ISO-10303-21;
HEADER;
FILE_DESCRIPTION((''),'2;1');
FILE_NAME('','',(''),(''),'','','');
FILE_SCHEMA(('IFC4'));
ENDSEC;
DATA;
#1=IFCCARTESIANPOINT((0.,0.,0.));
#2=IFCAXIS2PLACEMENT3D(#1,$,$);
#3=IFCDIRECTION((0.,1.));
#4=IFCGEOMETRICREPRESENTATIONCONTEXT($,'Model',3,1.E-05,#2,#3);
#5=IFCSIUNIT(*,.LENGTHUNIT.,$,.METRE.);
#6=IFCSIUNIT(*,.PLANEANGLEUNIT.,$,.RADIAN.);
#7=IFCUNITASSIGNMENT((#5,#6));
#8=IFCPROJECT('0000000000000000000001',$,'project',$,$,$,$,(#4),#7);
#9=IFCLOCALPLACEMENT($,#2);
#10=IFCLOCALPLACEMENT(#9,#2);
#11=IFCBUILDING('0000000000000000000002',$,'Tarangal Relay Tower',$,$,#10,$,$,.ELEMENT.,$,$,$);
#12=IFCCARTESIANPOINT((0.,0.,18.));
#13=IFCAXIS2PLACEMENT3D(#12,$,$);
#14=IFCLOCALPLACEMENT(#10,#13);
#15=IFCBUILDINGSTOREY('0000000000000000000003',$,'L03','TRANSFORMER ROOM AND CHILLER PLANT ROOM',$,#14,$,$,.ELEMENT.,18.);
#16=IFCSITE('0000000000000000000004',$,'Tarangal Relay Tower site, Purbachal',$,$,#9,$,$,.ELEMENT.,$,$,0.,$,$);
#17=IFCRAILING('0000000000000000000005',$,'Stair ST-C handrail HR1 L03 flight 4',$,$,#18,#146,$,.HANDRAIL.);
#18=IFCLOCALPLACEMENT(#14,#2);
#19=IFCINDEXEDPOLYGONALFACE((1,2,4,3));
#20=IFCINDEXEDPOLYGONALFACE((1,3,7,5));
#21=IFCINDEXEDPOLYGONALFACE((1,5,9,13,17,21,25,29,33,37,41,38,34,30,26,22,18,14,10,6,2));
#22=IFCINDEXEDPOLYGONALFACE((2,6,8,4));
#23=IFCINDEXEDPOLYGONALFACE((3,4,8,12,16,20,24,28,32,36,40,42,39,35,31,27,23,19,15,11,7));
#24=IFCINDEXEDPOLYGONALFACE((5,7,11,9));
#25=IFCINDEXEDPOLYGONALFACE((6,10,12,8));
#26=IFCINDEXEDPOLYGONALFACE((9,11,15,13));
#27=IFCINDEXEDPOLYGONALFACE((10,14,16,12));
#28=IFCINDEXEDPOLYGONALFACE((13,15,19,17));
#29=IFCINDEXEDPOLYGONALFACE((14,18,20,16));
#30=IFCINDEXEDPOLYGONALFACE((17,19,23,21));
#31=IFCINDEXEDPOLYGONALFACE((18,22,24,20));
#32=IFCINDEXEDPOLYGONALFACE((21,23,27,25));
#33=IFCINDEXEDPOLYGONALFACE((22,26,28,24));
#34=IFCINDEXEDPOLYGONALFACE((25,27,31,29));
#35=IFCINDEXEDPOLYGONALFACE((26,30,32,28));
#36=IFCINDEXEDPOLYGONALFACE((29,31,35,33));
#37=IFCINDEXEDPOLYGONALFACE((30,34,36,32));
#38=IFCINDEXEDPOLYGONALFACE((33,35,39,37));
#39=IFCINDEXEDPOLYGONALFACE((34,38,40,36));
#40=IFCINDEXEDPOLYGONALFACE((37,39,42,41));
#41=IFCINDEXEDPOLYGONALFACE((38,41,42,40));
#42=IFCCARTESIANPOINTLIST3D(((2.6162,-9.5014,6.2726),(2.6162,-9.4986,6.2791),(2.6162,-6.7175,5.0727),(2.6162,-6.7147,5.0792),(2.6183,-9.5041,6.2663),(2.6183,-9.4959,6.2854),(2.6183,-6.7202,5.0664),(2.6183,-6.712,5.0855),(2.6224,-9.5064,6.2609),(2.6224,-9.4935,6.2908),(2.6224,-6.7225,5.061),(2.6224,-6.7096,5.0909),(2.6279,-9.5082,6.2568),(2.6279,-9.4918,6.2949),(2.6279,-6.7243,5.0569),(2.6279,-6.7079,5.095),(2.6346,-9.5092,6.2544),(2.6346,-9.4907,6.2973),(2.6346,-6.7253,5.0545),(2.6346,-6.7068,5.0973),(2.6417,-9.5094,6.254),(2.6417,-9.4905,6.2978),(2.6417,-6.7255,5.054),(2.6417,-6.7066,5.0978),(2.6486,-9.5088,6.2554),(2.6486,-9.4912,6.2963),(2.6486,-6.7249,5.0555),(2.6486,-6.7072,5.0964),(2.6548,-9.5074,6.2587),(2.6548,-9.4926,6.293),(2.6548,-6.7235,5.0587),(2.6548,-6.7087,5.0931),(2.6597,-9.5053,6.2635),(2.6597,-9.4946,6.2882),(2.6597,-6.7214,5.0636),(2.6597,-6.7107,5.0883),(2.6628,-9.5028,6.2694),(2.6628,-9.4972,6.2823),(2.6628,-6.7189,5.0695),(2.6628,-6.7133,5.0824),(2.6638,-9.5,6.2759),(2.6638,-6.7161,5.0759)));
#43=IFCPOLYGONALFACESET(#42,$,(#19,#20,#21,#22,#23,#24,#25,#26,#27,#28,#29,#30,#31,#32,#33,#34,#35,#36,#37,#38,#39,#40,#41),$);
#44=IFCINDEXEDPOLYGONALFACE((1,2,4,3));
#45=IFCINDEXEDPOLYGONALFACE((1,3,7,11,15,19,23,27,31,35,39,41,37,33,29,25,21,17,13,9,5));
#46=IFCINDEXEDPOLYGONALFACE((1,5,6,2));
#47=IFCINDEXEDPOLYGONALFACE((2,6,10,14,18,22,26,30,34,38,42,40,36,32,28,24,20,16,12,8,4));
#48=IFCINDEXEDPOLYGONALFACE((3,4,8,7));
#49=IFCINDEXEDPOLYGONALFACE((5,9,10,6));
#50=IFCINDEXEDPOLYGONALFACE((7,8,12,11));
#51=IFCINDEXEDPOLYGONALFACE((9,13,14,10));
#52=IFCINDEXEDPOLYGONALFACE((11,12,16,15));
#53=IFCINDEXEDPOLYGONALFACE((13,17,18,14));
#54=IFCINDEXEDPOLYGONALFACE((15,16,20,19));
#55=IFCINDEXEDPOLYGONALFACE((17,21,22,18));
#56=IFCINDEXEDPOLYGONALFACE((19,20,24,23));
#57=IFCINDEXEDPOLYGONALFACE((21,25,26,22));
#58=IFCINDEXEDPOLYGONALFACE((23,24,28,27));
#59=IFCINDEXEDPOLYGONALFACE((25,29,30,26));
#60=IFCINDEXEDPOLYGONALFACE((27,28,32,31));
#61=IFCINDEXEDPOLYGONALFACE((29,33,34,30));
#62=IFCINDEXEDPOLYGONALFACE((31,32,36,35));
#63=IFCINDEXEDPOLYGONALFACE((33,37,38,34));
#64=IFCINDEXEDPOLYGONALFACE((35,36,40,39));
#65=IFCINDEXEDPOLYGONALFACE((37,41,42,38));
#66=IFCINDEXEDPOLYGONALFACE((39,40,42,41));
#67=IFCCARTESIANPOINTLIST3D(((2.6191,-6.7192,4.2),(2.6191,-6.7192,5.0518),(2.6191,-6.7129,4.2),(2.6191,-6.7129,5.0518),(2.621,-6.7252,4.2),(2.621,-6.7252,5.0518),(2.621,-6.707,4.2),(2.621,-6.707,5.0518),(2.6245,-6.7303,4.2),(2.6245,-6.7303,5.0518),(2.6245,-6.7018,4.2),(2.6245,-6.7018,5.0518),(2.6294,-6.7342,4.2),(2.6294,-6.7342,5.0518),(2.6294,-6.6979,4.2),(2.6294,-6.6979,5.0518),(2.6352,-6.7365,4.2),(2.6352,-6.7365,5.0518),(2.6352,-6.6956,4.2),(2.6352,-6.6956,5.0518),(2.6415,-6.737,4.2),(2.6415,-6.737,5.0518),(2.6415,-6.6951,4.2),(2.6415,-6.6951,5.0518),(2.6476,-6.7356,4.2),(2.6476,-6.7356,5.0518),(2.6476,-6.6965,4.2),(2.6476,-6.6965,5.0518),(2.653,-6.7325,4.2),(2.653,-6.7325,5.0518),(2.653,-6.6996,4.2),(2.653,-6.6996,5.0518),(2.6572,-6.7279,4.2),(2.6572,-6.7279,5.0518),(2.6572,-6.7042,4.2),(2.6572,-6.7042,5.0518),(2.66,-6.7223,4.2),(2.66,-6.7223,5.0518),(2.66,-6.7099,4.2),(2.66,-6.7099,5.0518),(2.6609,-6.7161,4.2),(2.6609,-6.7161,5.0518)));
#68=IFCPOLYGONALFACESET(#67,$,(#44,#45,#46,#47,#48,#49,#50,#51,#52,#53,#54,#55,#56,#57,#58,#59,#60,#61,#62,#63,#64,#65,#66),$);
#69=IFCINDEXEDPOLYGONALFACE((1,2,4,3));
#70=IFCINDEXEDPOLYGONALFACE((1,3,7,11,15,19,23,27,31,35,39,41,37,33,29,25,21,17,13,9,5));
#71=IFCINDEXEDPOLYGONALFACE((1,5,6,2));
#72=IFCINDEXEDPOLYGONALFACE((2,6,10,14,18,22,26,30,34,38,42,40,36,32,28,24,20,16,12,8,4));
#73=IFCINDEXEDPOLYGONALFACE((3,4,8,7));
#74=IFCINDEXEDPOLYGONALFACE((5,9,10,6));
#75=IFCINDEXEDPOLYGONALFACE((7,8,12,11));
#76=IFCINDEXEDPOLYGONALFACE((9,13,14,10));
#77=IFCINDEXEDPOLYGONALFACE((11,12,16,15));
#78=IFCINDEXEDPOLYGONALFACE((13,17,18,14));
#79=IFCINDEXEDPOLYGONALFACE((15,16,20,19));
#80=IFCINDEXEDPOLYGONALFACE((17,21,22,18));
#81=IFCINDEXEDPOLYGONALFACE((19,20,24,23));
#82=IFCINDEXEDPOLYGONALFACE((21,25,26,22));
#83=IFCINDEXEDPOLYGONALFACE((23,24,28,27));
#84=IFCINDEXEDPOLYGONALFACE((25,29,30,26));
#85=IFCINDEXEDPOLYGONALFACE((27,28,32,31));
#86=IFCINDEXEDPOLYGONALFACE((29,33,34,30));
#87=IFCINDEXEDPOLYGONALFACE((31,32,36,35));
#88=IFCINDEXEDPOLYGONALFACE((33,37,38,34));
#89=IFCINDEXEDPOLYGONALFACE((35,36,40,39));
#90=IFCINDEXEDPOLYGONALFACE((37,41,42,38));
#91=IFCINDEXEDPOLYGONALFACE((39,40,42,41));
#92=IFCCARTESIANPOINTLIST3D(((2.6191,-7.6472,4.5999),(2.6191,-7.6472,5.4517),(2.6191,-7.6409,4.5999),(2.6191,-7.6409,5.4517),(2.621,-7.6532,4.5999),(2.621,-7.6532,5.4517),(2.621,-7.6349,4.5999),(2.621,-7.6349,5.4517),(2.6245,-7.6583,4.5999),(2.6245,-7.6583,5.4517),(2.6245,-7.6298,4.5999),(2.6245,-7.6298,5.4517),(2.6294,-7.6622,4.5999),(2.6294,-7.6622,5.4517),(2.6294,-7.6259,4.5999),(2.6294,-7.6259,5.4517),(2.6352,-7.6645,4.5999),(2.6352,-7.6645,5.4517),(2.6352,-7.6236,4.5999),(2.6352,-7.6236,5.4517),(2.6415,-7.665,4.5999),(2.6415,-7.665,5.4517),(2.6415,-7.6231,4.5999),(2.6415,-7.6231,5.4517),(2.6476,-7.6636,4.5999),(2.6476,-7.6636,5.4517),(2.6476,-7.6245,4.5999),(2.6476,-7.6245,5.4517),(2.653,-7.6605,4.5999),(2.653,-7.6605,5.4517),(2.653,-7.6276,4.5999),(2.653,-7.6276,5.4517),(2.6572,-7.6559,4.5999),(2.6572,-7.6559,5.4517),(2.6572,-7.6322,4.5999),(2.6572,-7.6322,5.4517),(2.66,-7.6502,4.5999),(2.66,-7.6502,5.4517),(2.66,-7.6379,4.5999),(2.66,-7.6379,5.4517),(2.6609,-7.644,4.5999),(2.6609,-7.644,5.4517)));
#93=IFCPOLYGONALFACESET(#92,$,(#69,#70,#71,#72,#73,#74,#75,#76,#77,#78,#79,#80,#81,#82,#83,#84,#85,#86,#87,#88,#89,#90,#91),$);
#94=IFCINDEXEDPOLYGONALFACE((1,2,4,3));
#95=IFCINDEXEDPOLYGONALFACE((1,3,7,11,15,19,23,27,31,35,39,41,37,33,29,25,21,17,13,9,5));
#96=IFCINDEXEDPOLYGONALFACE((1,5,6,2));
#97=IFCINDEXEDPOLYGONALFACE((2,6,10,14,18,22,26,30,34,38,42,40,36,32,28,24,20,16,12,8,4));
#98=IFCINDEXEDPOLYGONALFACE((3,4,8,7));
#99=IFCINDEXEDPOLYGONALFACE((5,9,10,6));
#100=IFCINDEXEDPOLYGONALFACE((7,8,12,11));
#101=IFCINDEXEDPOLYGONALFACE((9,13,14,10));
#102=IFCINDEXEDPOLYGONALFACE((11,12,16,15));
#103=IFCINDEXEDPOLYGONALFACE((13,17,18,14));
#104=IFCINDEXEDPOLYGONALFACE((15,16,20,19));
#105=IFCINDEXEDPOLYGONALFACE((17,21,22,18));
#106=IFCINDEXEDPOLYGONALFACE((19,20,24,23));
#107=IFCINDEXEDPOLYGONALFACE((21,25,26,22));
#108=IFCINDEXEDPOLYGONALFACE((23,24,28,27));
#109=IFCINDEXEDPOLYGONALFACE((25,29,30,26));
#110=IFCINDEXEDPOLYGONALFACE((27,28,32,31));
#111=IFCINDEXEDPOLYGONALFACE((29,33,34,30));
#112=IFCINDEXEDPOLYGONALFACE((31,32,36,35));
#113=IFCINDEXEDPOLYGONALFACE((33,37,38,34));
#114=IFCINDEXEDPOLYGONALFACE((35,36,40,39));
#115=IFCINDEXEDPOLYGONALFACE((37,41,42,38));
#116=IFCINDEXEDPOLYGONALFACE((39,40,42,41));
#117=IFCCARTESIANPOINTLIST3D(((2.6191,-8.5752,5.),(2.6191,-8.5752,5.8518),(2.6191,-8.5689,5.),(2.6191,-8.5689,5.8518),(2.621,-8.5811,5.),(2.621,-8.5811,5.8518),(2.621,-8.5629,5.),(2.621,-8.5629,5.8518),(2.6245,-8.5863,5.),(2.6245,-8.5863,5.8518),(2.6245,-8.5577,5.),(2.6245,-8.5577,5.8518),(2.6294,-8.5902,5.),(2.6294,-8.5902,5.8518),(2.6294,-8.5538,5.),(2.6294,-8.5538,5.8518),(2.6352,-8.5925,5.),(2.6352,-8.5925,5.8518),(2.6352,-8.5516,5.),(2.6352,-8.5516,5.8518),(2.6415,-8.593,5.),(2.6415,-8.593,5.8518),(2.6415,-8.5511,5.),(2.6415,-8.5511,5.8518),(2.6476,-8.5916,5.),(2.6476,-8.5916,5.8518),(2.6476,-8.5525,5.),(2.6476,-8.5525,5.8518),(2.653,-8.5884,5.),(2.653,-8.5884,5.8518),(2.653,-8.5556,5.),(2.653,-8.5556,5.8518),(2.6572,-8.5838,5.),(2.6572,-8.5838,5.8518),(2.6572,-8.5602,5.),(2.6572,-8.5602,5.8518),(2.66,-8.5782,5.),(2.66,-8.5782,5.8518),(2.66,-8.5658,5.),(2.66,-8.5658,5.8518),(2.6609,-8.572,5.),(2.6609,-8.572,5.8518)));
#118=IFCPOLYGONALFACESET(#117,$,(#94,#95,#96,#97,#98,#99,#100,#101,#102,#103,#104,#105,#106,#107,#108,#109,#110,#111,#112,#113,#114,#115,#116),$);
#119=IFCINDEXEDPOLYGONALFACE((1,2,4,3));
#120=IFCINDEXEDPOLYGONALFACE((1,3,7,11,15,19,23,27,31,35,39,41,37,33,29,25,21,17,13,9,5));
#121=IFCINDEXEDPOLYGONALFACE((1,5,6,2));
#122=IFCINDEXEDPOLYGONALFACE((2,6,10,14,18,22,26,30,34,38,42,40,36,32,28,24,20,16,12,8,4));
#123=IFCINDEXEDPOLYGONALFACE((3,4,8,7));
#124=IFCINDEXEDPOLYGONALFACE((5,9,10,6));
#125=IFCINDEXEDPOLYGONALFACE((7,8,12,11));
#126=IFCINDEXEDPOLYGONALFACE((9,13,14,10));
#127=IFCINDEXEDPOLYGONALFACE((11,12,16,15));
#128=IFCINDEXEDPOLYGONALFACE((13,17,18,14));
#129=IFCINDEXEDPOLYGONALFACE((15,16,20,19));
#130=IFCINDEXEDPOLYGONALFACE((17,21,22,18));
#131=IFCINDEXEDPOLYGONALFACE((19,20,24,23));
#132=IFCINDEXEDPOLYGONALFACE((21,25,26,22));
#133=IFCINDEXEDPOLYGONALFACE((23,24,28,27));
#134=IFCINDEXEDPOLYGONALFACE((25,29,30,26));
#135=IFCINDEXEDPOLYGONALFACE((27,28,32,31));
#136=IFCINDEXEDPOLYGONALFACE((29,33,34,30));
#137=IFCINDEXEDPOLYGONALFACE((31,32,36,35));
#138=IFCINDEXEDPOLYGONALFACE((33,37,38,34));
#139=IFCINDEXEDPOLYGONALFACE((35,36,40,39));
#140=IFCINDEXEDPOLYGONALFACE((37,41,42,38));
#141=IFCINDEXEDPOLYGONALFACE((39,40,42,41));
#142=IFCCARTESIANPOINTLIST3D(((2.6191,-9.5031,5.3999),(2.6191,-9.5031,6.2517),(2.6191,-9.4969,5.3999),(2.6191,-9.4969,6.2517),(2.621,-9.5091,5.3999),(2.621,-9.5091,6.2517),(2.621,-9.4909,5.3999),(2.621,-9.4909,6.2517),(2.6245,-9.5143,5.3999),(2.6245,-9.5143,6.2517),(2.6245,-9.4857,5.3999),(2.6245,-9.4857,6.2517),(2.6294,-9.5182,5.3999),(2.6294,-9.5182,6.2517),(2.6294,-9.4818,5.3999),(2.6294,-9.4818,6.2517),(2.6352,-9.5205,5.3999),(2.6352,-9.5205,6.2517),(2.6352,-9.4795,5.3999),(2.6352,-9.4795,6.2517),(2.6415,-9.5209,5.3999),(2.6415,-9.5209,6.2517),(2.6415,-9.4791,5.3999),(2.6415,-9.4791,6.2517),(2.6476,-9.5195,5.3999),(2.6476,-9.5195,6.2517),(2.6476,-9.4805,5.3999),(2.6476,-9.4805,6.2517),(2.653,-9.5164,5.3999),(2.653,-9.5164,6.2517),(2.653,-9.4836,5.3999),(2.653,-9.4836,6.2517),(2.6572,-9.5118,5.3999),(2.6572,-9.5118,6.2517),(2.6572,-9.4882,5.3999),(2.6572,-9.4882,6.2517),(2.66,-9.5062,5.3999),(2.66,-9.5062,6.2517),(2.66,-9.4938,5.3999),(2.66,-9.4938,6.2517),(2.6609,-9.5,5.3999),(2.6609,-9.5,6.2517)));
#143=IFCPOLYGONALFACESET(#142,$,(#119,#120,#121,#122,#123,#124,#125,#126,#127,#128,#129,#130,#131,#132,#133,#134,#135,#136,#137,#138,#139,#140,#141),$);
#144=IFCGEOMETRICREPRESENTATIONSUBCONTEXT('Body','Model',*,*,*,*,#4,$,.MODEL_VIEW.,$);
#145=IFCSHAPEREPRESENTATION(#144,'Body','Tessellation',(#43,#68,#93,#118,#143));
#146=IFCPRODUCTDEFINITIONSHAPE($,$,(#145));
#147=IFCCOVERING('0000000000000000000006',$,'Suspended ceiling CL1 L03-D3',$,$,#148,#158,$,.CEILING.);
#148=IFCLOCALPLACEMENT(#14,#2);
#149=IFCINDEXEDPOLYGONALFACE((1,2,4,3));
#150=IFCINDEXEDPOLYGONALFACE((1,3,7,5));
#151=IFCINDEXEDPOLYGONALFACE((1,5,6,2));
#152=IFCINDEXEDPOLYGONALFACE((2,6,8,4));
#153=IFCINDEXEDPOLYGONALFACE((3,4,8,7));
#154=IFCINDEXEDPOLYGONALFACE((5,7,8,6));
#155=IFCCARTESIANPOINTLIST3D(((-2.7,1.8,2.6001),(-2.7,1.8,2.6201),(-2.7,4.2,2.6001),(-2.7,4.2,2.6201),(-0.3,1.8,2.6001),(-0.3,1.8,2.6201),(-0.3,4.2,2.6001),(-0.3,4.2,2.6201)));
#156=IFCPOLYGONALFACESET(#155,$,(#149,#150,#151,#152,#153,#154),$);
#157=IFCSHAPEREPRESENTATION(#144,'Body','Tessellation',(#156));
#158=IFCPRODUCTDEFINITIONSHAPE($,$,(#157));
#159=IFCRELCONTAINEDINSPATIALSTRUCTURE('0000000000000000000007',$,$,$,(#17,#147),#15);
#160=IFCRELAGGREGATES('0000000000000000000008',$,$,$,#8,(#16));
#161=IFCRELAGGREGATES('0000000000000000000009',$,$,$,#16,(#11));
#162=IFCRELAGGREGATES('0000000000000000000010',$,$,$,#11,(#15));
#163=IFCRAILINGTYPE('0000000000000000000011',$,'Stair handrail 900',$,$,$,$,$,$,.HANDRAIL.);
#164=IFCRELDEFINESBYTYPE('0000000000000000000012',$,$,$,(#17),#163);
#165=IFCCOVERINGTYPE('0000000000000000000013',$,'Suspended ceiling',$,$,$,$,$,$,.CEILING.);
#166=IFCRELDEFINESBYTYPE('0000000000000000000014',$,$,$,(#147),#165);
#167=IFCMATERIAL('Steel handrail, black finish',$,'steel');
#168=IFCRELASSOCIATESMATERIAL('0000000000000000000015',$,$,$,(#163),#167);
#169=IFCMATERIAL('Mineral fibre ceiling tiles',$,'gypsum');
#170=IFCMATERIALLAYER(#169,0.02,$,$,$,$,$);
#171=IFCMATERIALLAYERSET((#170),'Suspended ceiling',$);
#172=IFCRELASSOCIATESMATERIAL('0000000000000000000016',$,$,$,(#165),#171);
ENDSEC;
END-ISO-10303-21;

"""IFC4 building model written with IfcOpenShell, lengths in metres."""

from ifc_helpers import new_model, si_unit, direction, frame, origin, origin_2d, place, context, subcontext, project, spatial, polyline, circle, outline, extrude, material, layer, layer_set, type_object, element, save


model = new_model("IFC4")

# Units and contexts
model_context = context("Model", 3, precision=1e-05, world=origin(), true_north=direction((0.0, 1.0)))
body_context = subcontext(model_context, "Body", "Model", "MODEL_VIEW")
ifc_project = project(units=[si_unit("LENGTHUNIT", "METRE"), si_unit("PLANEANGLEUNIT", "RADIAN")], contexts=[model_context])

# Site, building, storey
site_placement = place(None, origin())
site = spatial("IfcSite", under=ifc_project, at=site_placement, Name="Tarangal Relay Tower site, Purbachal", CompositionType="ELEMENT", RefElevation=0.0)
building_placement = place(site_placement, origin())
building = spatial("IfcBuilding", under=site, at=building_placement, Name="Tarangal Relay Tower", CompositionType="ELEMENT")
storey_placement = place(building_placement, frame((0.0, 0.0, 18.0)))
storey = spatial("IfcBuildingStorey", under=building, at=storey_placement, Name="L03", Description="TRANSFORMER ROOM AND CHILLER PLANT ROOM", CompositionType="ELEMENT", Elevation=18.0)

# Railing
ifc_material_1 = material(Name="Steel handrail, black finish", Category="steel")
railing_type_1 = type_object("IfcRailingType", Name="Stair handrail 900", PredefinedType="HANDRAIL", material=ifc_material_1)
for number, where, name in (
    (1, (2.6399, -6.7161, 4.2), "Stair ST-C handrail HR1 L03 flight 4"),
):
    element("IfcRailing", number, at=place(storey_placement, frame(where)), inside=storey, type_object=railing_type_1, Name=name, PredefinedType="HANDRAIL", context=body_context, shape_type="SweptSolid", body=[
        extrude(circle(Radius=0.0239, at=origin_2d()), frame((0.0, 0.0, 0.876), z_axis=(0.0, -0.918327, 0.395823), x_axis=(1.0, 0.0, 0.0)), (0.0, 0.0, 1.0), 3.0315),
        extrude(circle(Radius=0.021, at=origin_2d()), origin(), (0.0, 0.0, 1.0), 0.8518),
        extrude(circle(Radius=0.021, at=origin_2d()), frame((0.0, -0.928, 0.3999)), (0.0, 0.0, 1.0), 0.8518),
        extrude(circle(Radius=0.021, at=origin_2d()), frame((0.0, -1.856, 0.8)), (0.0, 0.0, 1.0), 0.8518),
        extrude(circle(Radius=0.021, at=origin_2d()), frame((0.0, -2.7839, 1.2)), (0.0, 0.0, 1.0), 0.8518),
    ])

# Covering
ifc_material_2 = material(Name="Mineral fibre ceiling tiles", Category="gypsum")
ifc_layer_1 = layer(ifc_material_2, 0.02)
ifc_layer_set_1 = layer_set([ifc_layer_1], Name="Suspended ceiling")
covering_type = type_object("IfcCoveringType", Name="Suspended ceiling", PredefinedType="CEILING", material=ifc_layer_set_1)
covering_placement = place(storey_placement, frame((0.0, 0.0, 2.6001)))
element("IfcCovering", 2, at=covering_placement, inside=storey, type_object=covering_type, Name="Suspended ceiling CL1 L03-D3", PredefinedType="CEILING", context=body_context, shape_type="SweptSolid", body=[
    extrude(outline(polyline([(-2.7, 1.8), (-0.3, 1.8), (-0.3, 4.2), (-2.7, 4.2), (-2.7, 1.8)])), origin(), (0.0, 0.0, 1.0), 0.02),
])

save(model, "model.ifc")
